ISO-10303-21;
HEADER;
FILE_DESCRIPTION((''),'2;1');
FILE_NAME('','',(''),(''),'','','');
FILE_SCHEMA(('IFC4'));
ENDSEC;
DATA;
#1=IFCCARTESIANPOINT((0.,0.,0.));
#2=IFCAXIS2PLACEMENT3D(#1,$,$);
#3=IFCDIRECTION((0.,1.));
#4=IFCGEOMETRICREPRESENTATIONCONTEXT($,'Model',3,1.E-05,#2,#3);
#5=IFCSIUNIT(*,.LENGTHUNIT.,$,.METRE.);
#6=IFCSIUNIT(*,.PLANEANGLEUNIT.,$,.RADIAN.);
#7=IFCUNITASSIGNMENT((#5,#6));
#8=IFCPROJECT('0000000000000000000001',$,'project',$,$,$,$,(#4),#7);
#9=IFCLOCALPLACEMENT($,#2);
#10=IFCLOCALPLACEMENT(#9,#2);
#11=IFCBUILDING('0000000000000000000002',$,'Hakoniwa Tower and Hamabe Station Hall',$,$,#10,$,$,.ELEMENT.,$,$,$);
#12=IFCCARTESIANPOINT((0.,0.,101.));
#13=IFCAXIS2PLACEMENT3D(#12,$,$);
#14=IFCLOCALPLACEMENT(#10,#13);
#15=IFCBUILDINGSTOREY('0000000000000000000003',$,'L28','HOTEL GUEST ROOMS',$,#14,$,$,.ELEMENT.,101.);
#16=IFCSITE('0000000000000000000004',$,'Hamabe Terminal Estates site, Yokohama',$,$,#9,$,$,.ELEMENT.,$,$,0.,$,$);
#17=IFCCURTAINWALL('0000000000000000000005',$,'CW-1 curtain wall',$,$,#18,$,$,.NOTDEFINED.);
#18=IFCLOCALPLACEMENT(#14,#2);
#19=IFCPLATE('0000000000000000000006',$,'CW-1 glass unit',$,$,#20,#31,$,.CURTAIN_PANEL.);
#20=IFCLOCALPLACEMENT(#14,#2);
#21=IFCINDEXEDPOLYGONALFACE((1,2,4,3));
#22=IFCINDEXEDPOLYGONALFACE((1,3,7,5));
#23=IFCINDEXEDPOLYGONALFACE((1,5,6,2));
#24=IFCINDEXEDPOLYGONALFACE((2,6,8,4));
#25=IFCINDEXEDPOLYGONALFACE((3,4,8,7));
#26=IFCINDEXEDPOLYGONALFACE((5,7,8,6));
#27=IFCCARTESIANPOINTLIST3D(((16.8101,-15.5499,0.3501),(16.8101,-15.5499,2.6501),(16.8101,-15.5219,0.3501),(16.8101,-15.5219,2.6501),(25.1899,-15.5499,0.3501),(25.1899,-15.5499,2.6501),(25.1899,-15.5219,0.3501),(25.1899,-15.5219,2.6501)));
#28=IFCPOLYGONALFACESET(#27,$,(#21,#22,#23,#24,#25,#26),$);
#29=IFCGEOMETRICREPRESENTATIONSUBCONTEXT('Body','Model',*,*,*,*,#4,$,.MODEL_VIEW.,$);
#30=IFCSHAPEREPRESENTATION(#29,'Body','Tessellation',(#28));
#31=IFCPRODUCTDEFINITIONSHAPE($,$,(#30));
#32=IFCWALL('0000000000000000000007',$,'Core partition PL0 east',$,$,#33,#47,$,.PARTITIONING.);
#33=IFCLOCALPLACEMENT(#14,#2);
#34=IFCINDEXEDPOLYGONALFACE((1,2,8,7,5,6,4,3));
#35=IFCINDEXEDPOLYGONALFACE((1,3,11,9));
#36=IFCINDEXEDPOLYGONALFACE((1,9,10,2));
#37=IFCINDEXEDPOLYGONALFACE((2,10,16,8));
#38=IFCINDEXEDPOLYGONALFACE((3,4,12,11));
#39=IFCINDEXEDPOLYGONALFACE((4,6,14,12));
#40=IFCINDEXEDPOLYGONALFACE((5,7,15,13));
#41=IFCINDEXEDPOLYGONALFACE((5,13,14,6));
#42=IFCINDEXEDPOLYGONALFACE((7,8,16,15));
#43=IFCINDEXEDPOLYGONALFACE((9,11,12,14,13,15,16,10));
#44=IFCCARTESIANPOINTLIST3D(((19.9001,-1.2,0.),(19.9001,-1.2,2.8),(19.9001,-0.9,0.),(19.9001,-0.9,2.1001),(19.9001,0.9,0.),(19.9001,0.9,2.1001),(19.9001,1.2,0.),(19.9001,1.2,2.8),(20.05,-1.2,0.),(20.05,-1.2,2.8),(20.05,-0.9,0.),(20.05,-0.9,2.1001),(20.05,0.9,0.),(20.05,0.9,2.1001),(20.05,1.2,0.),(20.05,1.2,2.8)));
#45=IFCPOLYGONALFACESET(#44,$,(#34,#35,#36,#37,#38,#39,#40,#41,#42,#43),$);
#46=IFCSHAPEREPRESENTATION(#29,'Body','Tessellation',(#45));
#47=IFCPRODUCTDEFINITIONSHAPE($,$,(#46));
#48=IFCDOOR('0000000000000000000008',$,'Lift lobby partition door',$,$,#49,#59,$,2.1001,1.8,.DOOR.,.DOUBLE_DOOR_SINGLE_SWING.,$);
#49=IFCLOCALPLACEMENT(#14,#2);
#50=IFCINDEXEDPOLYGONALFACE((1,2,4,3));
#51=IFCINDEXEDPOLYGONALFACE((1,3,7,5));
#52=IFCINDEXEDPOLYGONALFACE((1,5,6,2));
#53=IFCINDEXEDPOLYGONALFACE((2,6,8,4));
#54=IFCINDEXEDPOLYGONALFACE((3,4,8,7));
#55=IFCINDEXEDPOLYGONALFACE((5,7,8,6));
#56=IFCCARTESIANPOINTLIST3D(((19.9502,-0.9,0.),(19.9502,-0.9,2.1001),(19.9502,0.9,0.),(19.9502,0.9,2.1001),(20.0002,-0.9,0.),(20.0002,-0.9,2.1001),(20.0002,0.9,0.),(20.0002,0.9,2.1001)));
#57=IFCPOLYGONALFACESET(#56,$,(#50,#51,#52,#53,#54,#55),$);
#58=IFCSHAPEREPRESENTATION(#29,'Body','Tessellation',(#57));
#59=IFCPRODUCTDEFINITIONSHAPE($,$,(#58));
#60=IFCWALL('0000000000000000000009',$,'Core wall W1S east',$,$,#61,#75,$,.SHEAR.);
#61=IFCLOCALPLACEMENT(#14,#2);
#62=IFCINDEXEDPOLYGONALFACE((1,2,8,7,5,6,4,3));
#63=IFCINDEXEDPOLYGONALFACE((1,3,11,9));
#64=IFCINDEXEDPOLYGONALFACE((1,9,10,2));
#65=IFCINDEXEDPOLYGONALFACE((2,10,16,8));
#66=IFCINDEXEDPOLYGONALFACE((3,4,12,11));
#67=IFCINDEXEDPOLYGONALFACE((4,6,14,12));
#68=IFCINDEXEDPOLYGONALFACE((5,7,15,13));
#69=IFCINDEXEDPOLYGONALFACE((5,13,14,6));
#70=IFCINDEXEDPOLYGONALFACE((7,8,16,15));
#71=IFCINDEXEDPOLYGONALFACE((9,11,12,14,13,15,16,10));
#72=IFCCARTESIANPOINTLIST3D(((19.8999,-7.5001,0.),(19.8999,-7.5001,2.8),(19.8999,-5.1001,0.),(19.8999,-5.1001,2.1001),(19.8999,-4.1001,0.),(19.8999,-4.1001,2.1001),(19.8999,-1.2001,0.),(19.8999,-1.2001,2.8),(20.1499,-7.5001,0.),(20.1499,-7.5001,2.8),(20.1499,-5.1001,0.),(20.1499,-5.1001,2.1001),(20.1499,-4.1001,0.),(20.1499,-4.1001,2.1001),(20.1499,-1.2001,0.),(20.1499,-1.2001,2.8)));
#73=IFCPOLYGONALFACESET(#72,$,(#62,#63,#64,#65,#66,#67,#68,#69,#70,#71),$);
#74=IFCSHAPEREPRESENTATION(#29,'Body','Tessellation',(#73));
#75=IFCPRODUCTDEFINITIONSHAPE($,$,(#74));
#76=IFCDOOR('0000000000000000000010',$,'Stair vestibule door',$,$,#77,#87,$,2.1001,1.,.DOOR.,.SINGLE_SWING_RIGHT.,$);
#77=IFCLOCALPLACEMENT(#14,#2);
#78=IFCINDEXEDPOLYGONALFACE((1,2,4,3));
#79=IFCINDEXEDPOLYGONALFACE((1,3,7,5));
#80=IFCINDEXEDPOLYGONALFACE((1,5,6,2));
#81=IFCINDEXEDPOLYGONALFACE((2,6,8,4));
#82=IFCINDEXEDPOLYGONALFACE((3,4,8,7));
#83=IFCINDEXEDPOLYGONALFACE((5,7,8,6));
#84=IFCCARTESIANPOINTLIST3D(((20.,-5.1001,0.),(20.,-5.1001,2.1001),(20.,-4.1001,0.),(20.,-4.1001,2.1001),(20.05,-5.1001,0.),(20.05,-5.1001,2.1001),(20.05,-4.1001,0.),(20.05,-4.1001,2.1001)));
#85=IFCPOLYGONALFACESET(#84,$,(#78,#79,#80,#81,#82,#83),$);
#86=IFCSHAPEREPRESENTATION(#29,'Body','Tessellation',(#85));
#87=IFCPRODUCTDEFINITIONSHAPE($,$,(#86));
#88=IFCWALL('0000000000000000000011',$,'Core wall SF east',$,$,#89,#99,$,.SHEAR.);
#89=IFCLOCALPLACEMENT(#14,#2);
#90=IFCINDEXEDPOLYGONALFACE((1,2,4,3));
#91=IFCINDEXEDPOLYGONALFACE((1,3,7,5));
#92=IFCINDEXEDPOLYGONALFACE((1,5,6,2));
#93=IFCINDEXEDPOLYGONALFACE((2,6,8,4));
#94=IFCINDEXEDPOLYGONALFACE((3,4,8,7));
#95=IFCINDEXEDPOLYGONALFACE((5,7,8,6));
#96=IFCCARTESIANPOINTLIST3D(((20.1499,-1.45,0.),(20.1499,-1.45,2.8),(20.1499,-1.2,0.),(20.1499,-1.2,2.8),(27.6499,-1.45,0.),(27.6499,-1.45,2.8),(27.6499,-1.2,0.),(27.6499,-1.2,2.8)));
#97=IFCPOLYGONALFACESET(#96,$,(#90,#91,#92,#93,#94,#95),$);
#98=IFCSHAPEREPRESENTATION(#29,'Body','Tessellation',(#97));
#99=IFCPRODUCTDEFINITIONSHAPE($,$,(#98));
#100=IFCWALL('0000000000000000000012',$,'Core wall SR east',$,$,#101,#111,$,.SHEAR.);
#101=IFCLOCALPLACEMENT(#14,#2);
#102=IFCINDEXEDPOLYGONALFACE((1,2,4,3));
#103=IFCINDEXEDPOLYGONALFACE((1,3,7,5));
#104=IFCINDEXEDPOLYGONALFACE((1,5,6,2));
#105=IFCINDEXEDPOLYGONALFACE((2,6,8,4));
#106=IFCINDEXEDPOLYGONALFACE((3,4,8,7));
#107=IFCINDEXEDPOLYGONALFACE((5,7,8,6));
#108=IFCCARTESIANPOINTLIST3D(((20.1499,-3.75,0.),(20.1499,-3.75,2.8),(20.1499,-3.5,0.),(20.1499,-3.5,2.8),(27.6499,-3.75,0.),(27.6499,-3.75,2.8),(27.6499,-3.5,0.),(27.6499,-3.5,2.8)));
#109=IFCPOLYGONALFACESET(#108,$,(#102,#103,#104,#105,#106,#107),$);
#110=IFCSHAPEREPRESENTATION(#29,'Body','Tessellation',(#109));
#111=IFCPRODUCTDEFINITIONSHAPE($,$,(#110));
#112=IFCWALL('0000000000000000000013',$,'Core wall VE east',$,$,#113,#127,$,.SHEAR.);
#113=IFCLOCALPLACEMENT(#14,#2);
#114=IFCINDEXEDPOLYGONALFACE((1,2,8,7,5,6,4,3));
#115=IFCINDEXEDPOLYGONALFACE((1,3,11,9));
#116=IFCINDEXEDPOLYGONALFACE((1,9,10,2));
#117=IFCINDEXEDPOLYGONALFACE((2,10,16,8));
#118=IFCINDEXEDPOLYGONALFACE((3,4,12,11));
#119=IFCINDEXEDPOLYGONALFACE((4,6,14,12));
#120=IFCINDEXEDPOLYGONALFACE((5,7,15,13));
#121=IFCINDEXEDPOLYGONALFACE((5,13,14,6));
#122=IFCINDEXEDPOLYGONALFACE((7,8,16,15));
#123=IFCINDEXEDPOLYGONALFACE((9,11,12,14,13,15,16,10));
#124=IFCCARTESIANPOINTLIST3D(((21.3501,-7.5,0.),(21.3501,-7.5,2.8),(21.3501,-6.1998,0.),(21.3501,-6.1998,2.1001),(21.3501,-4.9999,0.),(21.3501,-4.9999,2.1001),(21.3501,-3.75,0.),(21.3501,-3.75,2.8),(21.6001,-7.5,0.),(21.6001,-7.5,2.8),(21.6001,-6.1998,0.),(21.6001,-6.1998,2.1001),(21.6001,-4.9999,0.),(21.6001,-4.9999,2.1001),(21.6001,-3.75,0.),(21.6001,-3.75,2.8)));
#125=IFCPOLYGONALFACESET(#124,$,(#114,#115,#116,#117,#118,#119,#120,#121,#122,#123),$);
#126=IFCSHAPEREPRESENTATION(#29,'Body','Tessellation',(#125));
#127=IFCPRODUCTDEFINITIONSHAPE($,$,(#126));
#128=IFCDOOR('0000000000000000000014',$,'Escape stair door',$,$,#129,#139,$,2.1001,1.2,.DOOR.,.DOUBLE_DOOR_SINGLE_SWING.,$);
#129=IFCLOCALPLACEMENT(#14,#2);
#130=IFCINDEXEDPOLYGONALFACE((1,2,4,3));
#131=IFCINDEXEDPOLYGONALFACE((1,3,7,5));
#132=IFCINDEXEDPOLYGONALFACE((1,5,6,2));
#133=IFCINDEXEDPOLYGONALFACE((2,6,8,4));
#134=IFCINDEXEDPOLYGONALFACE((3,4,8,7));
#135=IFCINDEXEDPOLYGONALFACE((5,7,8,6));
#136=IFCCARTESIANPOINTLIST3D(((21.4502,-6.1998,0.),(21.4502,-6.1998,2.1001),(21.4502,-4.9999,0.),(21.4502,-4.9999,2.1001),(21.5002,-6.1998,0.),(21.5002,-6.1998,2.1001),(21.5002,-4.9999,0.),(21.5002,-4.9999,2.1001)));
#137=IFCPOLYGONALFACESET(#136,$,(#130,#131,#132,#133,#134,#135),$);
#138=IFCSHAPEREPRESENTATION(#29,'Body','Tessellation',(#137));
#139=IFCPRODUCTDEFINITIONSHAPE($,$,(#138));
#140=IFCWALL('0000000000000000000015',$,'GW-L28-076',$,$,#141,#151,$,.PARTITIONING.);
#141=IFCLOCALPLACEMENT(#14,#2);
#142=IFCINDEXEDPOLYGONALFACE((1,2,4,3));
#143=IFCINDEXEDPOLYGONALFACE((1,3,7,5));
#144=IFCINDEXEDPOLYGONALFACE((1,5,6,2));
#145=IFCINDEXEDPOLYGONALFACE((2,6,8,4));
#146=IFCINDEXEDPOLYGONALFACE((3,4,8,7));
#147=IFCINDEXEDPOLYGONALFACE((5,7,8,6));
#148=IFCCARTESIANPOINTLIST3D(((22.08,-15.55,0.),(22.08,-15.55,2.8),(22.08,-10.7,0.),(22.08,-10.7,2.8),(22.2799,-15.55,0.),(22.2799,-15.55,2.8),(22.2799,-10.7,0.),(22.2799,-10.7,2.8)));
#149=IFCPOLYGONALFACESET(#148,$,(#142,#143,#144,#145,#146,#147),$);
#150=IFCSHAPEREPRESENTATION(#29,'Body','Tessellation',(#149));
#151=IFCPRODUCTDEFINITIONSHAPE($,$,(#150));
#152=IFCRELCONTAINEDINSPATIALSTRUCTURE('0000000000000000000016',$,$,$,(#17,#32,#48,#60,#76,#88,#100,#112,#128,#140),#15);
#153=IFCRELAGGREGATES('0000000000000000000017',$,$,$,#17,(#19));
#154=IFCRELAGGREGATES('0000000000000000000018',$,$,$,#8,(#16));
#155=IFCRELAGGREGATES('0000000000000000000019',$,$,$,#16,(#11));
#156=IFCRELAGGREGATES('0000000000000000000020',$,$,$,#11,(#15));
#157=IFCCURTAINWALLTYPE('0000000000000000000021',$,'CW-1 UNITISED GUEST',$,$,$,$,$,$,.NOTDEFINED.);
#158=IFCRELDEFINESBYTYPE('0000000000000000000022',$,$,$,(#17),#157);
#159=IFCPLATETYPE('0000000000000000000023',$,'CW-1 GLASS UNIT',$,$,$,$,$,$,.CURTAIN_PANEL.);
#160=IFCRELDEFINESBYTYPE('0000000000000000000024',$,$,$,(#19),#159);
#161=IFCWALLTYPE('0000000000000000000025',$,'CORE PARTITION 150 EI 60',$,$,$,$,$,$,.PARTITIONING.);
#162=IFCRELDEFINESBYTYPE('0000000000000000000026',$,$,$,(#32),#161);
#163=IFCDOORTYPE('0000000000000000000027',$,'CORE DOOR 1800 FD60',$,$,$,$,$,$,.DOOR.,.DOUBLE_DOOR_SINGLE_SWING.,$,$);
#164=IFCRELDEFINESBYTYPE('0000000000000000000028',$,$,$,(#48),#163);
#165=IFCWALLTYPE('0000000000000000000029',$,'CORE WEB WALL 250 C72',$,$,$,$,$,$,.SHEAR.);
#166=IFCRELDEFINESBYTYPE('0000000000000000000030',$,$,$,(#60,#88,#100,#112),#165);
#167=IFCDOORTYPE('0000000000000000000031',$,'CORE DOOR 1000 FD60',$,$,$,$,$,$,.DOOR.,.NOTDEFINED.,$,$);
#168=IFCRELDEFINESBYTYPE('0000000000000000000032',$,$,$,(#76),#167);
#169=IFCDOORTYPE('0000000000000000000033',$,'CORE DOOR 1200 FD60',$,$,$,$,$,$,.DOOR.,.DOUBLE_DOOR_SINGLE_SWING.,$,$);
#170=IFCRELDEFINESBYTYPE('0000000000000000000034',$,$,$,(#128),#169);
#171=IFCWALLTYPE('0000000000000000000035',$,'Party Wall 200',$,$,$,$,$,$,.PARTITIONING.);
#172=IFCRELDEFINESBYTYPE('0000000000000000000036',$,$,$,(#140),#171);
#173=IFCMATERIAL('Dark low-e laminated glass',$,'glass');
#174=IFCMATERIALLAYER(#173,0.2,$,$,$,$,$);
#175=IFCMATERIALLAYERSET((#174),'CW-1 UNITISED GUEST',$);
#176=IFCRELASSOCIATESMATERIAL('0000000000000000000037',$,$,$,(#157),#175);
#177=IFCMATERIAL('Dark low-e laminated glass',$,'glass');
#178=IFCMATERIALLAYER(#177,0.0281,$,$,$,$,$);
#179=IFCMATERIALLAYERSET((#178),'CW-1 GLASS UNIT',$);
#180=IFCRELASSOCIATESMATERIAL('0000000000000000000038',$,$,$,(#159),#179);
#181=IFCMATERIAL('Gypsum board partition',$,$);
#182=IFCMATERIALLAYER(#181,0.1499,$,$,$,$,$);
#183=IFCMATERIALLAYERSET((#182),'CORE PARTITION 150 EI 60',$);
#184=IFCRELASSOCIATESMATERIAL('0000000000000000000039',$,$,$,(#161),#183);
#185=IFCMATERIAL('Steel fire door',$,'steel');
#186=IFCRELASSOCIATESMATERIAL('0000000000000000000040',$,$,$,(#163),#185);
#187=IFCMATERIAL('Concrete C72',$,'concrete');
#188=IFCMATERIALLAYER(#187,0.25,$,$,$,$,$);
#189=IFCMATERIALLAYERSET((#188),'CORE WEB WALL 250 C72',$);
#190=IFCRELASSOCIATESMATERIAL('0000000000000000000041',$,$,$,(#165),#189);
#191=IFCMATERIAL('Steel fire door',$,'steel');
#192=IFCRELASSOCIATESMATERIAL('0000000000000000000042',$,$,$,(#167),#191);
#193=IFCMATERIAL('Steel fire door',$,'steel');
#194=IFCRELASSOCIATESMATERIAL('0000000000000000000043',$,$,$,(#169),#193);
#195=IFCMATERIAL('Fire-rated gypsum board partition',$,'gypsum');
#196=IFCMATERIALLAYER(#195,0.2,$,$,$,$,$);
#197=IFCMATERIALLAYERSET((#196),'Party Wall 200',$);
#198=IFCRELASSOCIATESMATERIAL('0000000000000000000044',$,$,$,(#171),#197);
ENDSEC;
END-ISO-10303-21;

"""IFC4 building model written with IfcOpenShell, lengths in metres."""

from ifc_helpers import new_model, si_unit, direction, frame, frame_2d, origin, origin_2d, place, context, subcontext, project, spatial, rectangle, extrude, material, layer, layer_set, type_object, element, fill, aggregate, save


model = new_model("IFC4")

# Units and contexts
model_context = context("Model", 3, precision=1e-05, world=origin(), true_north=direction((0.0, 1.0)))
body_context = subcontext(model_context, "Body", "Model", "MODEL_VIEW")
ifc_project = project(units=[si_unit("LENGTHUNIT", "METRE"), si_unit("PLANEANGLEUNIT", "RADIAN")], contexts=[model_context])

# Site, building, storey
site_placement = place(None, origin())
site = spatial("IfcSite", under=ifc_project, at=site_placement, Name="Hamabe Terminal Estates site, Yokohama", CompositionType="ELEMENT", RefElevation=0.0)
building_placement = place(site_placement, origin())
building = spatial("IfcBuilding", under=site, at=building_placement, Name="Hakoniwa Tower and Hamabe Station Hall", CompositionType="ELEMENT")
storey_placement = place(building_placement, frame((0.0, 0.0, 101.0)))
storey = spatial("IfcBuildingStorey", under=building, at=storey_placement, Name="L28", Description="HOTEL GUEST ROOMS", CompositionType="ELEMENT", Elevation=101.0)

# Curtain wall, plate
ifc_material_1 = material(Name="Dark low-e laminated glass", Category="glass")
ifc_layer_1 = layer(ifc_material_1, 0.2)
ifc_layer_set_1 = layer_set([ifc_layer_1], Name="CW-1 UNITISED GUEST")
curtain_wall_type = type_object("IfcCurtainWallType", Name="CW-1 UNITISED GUEST", PredefinedType="NOTDEFINED", material=ifc_layer_set_1)
curtain_wall_placement = place(storey_placement, origin())
curtain_wall = element("IfcCurtainWall", 1, at=curtain_wall_placement, inside=storey, type_object=curtain_wall_type, Name="CW-1 curtain wall", PredefinedType="NOTDEFINED")
ifc_material_2 = material(Name="Dark low-e laminated glass", Category="glass")
ifc_layer_2 = layer(ifc_material_2, 0.0281)
ifc_layer_set_2 = layer_set([ifc_layer_2], Name="CW-1 GLASS UNIT")
plate_type = type_object("IfcPlateType", Name="CW-1 GLASS UNIT", PredefinedType="CURTAIN_PANEL", material=ifc_layer_set_2)
plate_placement = place(storey_placement, frame((21.0, -15.5359, 0.3501), z_axis=(0.0, 0.0, 1.0), x_axis=(1.0, 0.0, 0.0)))
plate = element("IfcPlate", 2, at=plate_placement, type_object=plate_type, Name="CW-1 glass unit", PredefinedType="CURTAIN_PANEL", context=body_context, shape_type="SweptSolid", body=[
    extrude(rectangle(XDim=8.3799, YDim=0.0281, at=origin_2d()), origin(), (0.0, 0.0, 1.0), 2.3),
])
aggregate(curtain_wall, [plate])

# Walls, openings, doors
ifc_material_3 = material(Name="Gypsum board partition")
ifc_layer_3 = layer(ifc_material_3, 0.1499)
ifc_layer_set_3 = layer_set([ifc_layer_3], Name="CORE PARTITION 150 EI 60")
wall_type_1 = type_object("IfcWallType", Name="CORE PARTITION 150 EI 60", PredefinedType="PARTITIONING", material=ifc_layer_set_3)
wall_1_placement = place(storey_placement, frame((19.9751, -1.2, 0.0), z_axis=(0.0, 0.0, 1.0), x_axis=(0.0, 1.0, 0.0)))
wall_1 = element("IfcWall", 3, at=wall_1_placement, inside=storey, type_object=wall_type_1, Name="Core partition PL0 east", PredefinedType="PARTITIONING", context=body_context, shape_type="SweptSolid", body=[
    extrude(rectangle(XDim=2.3999, YDim=0.1499, at=frame_2d((1.2, 0.0))), origin(), (0.0, 0.0, 1.0), 2.8),
])
opening_1_placement = place(wall_1_placement, frame((0.3, 0.0, 0.0)))
opening_1 = element("IfcOpeningElement", 4, at=opening_1_placement, cuts=wall_1, PredefinedType="OPENING", context=body_context, shape_type="SweptSolid", body=[
    extrude(rectangle(XDim=1.8, YDim=2.1001, at=frame_2d((0.8999, 1.05))), frame((0.0, 0.085, 0.0), z_axis=(0.0, -1.0, 0.0), x_axis=(1.0, 0.0, 0.0)), (0.0, 0.0, 1.0), 0.1699),
])
ifc_material_4 = material(Name="Steel fire door", Category="steel")
door_type_1 = type_object("IfcDoorType", Name="CORE DOOR 1800 FD60", OperationType="DOUBLE_DOOR_SINGLE_SWING", PredefinedType="DOOR", material=ifc_material_4)
door_1_placement = place(opening_1_placement, origin())
door_1 = element("IfcDoor", 5, at=door_1_placement, inside=storey, type_object=door_type_1, Name="Lift lobby partition door", OperationType="DOUBLE_DOOR_SINGLE_SWING", OverallHeight=2.1001, OverallWidth=1.8, PredefinedType="DOOR", context=body_context, shape_type="SweptSolid", body=[
    extrude(rectangle(XDim=1.8, YDim=2.1001, at=frame_2d((0.8999, 1.05))), frame((0.0, 0.0249, 0.0), z_axis=(0.0, -1.0, 0.0), x_axis=(1.0, 0.0, 0.0)), (0.0, 0.0, 1.0), 0.05),
])
fill(opening_1, door_1)
ifc_material_5 = material(Name="Concrete C72", Category="concrete")
ifc_layer_4 = layer(ifc_material_5, 0.25)
ifc_layer_set_4 = layer_set([ifc_layer_4], Name="CORE WEB WALL 250 C72")
wall_type_2 = type_object("IfcWallType", Name="CORE WEB WALL 250 C72", PredefinedType="SHEAR", material=ifc_layer_set_4)
wall_2_placement = place(storey_placement, frame((20.0249, -7.5, 0.0), z_axis=(0.0, 0.0, 1.0), x_axis=(0.0, 1.0, 0.0)))
wall_2 = element("IfcWall", 6, at=wall_2_placement, inside=storey, type_object=wall_type_2, Name="Core wall W1S east", PredefinedType="SHEAR", context=body_context, shape_type="SweptSolid", body=[
    extrude(rectangle(XDim=6.3, YDim=0.25, at=frame_2d((3.1499, 0.0))), origin(), (0.0, 0.0, 1.0), 2.8),
])
opening_2_placement = place(wall_2_placement, frame((2.3999, 0.0, 0.0)))
opening_2 = element("IfcOpeningElement", 7, at=opening_2_placement, cuts=wall_2, PredefinedType="OPENING", context=body_context, shape_type="SweptSolid", body=[
    extrude(rectangle(XDim=1.0, YDim=2.1001, at=frame_2d((0.5, 1.05))), frame((0.0, 0.135, 0.0), z_axis=(0.0, -1.0, 0.0), x_axis=(1.0, 0.0, 0.0)), (0.0, 0.0, 1.0), 0.27),
])
ifc_material_6 = material(Name="Steel fire door", Category="steel")
door_type_2 = type_object("IfcDoorType", Name="CORE DOOR 1000 FD60", OperationType="NOTDEFINED", PredefinedType="DOOR", material=ifc_material_6)
door_2_placement = place(opening_2_placement, origin())
door_2 = element("IfcDoor", 8, at=door_2_placement, inside=storey, type_object=door_type_2, Name="Stair vestibule door", OperationType="SINGLE_SWING_RIGHT", OverallHeight=2.1001, OverallWidth=1.0, PredefinedType="DOOR", context=body_context, shape_type="SweptSolid", body=[
    extrude(rectangle(XDim=1.0, YDim=2.1001, at=frame_2d((0.5, 1.05))), frame((0.0, 0.0249, 0.0), z_axis=(0.0, -1.0, 0.0), x_axis=(1.0, 0.0, 0.0)), (0.0, 0.0, 1.0), 0.05),
])
fill(opening_2, door_2)

# Walls
for number, where, z_axis, x_axis, name in (
    (9, (20.1499, -1.325, 0.0), (0.0, 0.0, 1.0), (1.0, 0.0, 0.0), "Core wall SF east"),
    (10, (20.1499, -3.625, 0.0), (0.0, 0.0, 1.0), (1.0, 0.0, 0.0), "Core wall SR east"),
):
    element("IfcWall", number, at=place(storey_placement, frame(where, z_axis=z_axis, x_axis=x_axis)), inside=storey, type_object=wall_type_2, Name=name, PredefinedType="SHEAR", context=body_context, shape_type="SweptSolid", body=[
        extrude(rectangle(XDim=7.5, YDim=0.25, at=frame_2d((3.75, 0.0))), origin(), (0.0, 0.0, 1.0), 2.8),
    ])

# Wall, opening, door
wall_3_placement = place(storey_placement, frame((21.4751, -7.5, 0.0), z_axis=(0.0, 0.0, 1.0), x_axis=(0.0, 1.0, 0.0)))
wall_3 = element("IfcWall", 11, at=wall_3_placement, inside=storey, type_object=wall_type_2, Name="Core wall VE east", PredefinedType="SHEAR", context=body_context, shape_type="SweptSolid", body=[
    extrude(rectangle(XDim=3.75, YDim=0.25, at=frame_2d((1.875, 0.0))), origin(), (0.0, 0.0, 1.0), 2.8),
])
opening_3_placement = place(wall_3_placement, frame((1.3, 0.0, 0.0)))
opening_3 = element("IfcOpeningElement", 12, at=opening_3_placement, cuts=wall_3, PredefinedType="OPENING", context=body_context, shape_type="SweptSolid", body=[
    extrude(rectangle(XDim=1.2, YDim=2.1001, at=frame_2d((0.6001, 1.05))), frame((0.0, 0.135, 0.0), z_axis=(0.0, -1.0, 0.0), x_axis=(1.0, 0.0, 0.0)), (0.0, 0.0, 1.0), 0.27),
])
ifc_material_7 = material(Name="Steel fire door", Category="steel")
door_type_3 = type_object("IfcDoorType", Name="CORE DOOR 1200 FD60", OperationType="DOUBLE_DOOR_SINGLE_SWING", PredefinedType="DOOR", material=ifc_material_7)
door_3_placement = place(opening_3_placement, origin())
door_3 = element("IfcDoor", 13, at=door_3_placement, inside=storey, type_object=door_type_3, Name="Escape stair door", OperationType="DOUBLE_DOOR_SINGLE_SWING", OverallHeight=2.1001, OverallWidth=1.2, PredefinedType="DOOR", context=body_context, shape_type="SweptSolid", body=[
    extrude(rectangle(XDim=1.2, YDim=2.1001, at=frame_2d((0.6001, 1.05))), frame((0.0, 0.0249, 0.0), z_axis=(0.0, -1.0, 0.0), x_axis=(1.0, 0.0, 0.0)), (0.0, 0.0, 1.0), 0.05),
])
fill(opening_3, door_3)

# Wall
ifc_material_8 = material(Name="Fire-rated gypsum board partition", Category="gypsum")
ifc_layer_5 = layer(ifc_material_8, 0.2)
ifc_layer_set_5 = layer_set([ifc_layer_5], Name="Party Wall 200")
wall_type_3 = type_object("IfcWallType", Name="Party Wall 200", PredefinedType="PARTITIONING", material=ifc_layer_set_5)
wall_4_placement = place(storey_placement, frame((22.1799, -15.55, 0.0), z_axis=(0.0, 0.0, 1.0), x_axis=(0.0, 1.0, 0.0)))
element("IfcWall", 14, at=wall_4_placement, inside=storey, type_object=wall_type_3, Name="GW-L28-076", PredefinedType="PARTITIONING", context=body_context, shape_type="SweptSolid", body=[
    extrude(rectangle(XDim=4.8501, YDim=0.2, at=frame_2d((2.425, 0.0))), origin(), (0.0, 0.0, 1.0), 2.8),
])

save(model, "model.ifc")
